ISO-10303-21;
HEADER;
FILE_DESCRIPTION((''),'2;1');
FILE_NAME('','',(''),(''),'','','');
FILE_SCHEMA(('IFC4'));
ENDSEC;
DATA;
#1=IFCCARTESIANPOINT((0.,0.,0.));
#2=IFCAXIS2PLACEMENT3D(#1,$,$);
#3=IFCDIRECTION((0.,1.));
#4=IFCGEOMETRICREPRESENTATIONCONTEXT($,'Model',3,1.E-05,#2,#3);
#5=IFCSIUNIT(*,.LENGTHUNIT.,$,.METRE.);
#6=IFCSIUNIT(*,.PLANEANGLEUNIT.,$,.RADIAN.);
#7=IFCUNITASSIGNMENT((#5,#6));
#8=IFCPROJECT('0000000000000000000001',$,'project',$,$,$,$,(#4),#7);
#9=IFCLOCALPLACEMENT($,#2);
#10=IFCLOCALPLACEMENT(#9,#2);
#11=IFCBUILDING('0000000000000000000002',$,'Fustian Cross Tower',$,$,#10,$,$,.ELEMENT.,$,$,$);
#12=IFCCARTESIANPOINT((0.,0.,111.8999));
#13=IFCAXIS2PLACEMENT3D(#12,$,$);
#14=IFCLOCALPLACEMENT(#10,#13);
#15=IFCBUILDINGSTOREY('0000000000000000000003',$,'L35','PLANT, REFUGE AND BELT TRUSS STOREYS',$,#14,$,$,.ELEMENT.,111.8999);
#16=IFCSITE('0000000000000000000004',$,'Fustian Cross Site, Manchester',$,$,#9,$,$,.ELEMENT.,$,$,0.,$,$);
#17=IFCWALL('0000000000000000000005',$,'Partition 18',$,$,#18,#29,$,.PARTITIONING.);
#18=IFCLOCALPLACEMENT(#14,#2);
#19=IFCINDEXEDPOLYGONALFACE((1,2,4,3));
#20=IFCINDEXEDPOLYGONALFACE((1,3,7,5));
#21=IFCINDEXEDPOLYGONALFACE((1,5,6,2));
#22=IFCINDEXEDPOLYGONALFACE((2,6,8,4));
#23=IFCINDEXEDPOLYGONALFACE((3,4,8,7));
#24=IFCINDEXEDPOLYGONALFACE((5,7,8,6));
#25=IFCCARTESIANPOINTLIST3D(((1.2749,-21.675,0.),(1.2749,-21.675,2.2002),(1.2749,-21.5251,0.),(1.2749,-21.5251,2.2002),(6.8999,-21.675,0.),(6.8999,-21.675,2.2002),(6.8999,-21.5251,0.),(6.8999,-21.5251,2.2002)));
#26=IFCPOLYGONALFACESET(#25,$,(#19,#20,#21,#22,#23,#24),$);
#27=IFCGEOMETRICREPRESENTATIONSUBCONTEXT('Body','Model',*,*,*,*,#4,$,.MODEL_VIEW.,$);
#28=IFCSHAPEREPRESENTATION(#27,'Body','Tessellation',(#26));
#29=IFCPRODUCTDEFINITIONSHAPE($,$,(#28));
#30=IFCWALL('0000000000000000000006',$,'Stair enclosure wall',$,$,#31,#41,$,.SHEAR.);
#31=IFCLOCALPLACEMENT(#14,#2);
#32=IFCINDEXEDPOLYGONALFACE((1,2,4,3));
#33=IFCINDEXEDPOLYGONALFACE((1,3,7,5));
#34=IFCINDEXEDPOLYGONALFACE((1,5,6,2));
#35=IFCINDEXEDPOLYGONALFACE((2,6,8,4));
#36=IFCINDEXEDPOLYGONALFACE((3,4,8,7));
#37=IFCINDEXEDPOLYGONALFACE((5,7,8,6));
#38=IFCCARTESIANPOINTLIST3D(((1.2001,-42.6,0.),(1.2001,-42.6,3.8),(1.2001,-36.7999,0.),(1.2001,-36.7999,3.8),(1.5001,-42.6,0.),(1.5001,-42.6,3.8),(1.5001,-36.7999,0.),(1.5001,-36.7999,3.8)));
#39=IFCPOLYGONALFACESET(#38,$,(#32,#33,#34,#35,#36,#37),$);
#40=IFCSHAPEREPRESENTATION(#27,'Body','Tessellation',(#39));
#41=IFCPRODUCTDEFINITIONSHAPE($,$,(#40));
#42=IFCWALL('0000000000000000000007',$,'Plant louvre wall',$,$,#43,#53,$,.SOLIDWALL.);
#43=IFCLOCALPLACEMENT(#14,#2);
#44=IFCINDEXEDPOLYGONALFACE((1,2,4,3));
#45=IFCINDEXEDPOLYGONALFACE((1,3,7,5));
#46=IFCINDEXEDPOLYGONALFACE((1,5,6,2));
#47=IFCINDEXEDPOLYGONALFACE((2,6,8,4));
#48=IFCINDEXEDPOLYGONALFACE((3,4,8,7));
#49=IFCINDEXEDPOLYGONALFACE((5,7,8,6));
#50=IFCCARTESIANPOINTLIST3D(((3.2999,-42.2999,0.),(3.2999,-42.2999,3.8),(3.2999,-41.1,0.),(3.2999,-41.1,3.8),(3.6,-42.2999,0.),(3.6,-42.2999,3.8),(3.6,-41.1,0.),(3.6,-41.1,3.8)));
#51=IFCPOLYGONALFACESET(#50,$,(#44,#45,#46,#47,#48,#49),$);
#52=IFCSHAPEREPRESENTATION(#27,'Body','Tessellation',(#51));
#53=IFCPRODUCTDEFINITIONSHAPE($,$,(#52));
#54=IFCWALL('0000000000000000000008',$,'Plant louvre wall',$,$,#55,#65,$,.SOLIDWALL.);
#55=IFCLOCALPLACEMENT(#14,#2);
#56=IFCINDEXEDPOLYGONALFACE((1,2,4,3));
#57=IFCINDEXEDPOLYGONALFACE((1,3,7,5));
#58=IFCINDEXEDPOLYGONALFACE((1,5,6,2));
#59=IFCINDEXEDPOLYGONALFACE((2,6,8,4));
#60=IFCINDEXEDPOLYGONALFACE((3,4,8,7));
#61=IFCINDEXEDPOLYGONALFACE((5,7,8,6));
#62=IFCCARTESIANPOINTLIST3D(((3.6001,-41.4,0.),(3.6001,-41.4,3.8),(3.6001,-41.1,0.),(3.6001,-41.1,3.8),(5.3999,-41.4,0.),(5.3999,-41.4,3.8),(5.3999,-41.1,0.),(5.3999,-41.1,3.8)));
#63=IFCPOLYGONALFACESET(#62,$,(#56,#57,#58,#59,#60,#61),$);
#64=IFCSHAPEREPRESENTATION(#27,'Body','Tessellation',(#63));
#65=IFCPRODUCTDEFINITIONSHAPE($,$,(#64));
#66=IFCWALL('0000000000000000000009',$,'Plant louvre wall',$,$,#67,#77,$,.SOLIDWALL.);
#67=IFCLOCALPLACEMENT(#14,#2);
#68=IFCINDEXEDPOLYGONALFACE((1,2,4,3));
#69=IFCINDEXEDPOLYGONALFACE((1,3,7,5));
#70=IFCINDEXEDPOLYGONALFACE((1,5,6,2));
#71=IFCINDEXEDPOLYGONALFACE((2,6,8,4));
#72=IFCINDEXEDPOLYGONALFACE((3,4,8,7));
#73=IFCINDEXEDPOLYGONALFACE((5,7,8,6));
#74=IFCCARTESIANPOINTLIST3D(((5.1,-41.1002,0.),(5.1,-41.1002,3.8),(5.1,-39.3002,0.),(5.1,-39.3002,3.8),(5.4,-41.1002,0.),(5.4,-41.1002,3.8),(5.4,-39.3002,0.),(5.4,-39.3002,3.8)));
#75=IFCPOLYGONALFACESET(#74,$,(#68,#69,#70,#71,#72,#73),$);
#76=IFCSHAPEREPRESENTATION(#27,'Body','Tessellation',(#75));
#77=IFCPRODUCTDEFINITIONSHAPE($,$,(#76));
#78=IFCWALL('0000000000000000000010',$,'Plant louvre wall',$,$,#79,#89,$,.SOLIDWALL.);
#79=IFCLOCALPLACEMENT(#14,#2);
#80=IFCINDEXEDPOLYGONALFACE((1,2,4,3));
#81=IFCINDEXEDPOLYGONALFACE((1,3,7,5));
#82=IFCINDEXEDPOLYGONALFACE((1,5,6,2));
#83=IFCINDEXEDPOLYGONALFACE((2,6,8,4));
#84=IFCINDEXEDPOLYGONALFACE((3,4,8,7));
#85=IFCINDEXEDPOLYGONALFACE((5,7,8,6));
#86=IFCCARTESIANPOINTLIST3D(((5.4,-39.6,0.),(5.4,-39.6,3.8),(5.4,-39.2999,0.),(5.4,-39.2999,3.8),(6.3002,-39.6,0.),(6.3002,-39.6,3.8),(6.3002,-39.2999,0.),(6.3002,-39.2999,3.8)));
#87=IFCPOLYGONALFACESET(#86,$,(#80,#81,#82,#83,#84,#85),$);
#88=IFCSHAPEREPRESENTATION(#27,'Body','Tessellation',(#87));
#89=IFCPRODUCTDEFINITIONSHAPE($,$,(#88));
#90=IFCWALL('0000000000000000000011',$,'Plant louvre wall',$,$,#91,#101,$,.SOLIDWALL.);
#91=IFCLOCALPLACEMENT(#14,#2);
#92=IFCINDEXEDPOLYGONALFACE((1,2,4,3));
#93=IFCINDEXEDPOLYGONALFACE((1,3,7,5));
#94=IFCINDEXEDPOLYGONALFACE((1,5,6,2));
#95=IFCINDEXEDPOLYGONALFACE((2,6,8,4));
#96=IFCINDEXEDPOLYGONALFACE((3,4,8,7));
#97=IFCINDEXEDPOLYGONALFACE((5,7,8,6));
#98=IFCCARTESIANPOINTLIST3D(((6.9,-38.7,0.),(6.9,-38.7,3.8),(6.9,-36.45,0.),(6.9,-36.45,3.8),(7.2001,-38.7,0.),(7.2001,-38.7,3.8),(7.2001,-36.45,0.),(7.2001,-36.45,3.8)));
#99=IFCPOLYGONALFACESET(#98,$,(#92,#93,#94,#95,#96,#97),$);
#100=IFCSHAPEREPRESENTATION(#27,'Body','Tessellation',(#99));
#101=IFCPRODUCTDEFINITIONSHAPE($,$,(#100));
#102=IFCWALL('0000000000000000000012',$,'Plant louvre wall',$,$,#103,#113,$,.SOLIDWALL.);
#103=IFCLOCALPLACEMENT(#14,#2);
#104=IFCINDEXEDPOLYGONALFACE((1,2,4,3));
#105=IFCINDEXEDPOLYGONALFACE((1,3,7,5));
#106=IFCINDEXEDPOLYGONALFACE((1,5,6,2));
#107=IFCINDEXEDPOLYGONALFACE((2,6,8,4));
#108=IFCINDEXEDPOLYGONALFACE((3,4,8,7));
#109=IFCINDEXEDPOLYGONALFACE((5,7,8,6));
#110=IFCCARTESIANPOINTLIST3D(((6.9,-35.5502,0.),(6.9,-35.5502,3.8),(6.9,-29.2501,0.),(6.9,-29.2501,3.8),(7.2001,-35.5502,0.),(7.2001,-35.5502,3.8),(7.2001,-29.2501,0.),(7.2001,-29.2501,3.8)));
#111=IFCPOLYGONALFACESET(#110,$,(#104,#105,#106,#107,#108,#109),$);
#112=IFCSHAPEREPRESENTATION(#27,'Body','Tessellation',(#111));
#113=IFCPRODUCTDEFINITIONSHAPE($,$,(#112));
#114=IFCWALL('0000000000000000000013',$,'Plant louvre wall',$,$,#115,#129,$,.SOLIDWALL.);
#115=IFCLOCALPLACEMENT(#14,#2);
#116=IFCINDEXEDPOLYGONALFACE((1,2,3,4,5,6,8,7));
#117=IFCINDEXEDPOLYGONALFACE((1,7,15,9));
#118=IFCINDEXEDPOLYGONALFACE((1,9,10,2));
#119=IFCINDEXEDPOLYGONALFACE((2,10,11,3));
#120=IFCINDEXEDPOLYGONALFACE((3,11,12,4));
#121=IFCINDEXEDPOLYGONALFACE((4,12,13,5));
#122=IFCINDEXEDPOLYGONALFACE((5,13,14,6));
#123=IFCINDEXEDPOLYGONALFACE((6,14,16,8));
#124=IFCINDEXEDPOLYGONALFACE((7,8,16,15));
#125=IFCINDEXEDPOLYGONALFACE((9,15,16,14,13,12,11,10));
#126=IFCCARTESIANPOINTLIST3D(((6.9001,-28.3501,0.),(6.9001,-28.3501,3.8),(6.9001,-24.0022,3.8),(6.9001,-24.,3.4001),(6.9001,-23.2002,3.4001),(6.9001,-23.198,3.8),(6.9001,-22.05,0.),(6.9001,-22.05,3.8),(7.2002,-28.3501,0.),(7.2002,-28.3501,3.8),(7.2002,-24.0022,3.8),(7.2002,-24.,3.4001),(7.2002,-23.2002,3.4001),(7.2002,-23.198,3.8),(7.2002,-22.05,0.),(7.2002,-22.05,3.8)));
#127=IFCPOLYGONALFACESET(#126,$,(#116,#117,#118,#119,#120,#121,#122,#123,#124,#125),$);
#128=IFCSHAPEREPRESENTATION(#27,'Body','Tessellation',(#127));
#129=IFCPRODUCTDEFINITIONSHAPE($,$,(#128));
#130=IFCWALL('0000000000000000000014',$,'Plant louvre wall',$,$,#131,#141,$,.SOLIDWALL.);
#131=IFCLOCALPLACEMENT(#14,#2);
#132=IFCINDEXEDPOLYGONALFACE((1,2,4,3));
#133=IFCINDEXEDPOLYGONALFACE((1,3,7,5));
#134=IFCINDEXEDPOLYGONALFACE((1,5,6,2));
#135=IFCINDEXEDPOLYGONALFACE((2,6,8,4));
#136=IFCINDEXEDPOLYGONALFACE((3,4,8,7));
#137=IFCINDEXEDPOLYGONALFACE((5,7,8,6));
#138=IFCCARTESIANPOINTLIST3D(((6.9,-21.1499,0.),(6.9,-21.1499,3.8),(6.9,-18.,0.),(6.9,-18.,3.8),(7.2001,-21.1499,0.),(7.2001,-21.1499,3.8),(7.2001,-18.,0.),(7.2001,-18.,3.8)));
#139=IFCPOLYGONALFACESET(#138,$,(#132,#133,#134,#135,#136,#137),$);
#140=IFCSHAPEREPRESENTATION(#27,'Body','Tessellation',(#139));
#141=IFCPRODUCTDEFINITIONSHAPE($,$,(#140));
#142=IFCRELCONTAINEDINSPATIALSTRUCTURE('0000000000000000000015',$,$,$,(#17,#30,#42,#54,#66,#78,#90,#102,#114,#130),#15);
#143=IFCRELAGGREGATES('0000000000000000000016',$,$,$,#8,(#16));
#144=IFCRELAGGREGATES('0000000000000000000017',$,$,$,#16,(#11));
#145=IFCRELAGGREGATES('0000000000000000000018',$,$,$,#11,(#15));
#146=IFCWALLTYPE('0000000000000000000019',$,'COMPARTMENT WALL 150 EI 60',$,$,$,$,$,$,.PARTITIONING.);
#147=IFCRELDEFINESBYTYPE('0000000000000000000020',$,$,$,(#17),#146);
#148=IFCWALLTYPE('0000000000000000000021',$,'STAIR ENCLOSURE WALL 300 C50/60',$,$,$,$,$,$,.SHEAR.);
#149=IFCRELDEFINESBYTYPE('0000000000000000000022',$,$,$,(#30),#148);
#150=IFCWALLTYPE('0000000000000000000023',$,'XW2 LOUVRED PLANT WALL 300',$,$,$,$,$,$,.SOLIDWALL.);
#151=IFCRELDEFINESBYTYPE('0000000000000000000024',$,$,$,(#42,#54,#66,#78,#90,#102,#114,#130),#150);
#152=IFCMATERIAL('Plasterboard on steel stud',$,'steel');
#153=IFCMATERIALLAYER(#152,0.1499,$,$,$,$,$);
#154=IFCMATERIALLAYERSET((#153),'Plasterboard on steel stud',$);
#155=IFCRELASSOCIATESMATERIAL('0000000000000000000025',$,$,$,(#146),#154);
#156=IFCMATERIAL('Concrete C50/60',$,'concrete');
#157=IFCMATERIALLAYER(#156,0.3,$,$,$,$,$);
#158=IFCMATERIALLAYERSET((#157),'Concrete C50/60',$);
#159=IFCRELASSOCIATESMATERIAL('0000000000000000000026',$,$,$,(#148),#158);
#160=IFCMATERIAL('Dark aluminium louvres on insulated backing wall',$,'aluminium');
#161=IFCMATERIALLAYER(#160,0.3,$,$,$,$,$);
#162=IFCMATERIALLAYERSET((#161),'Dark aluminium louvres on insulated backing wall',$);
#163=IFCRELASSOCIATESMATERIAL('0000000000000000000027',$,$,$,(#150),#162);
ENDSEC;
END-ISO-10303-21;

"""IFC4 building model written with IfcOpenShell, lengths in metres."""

from ifc_helpers import new_model, si_unit, direction, frame, frame_2d, origin, place, context, subcontext, project, spatial, polyline, rectangle, outline, extrude, material, layer, layer_set, type_object, element, save


model = new_model("IFC4")

# Units and contexts
model_context = context("Model", 3, precision=1e-05, world=origin(), true_north=direction((0.0, 1.0)))
body_context = subcontext(model_context, "Body", "Model", "MODEL_VIEW")
ifc_project = project(units=[si_unit("LENGTHUNIT", "METRE"), si_unit("PLANEANGLEUNIT", "RADIAN")], contexts=[model_context])

# Site, building, storey
site_placement = place(None, origin())
site = spatial("IfcSite", under=ifc_project, at=site_placement, Name="Fustian Cross Site, Manchester", CompositionType="ELEMENT", RefElevation=0.0)
building_placement = place(site_placement, origin())
building = spatial("IfcBuilding", under=site, at=building_placement, Name="Fustian Cross Tower", CompositionType="ELEMENT")
storey_placement = place(building_placement, frame((0.0, 0.0, 111.8999)))
storey = spatial("IfcBuildingStorey", under=building, at=storey_placement, Name="L35", Description="PLANT, REFUGE AND BELT TRUSS STOREYS", CompositionType="ELEMENT", Elevation=111.8999)

# Shared definitions
ifc_material_1 = material(Name="Plasterboard on steel stud", Category="steel")
ifc_layer_1 = layer(ifc_material_1, 0.1499)
ifc_layer_set_1 = layer_set([ifc_layer_1], Name="Plasterboard on steel stud")
wall_type_1 = type_object("IfcWallType", Name="COMPARTMENT WALL 150 EI 60", PredefinedType="PARTITIONING", material=ifc_layer_set_1)

# Walls
wall_1_placement = place(storey_placement, frame((1.2749, -21.6001, 0.0), z_axis=(0.0, 0.0, 1.0), x_axis=(1.0, 0.0, 0.0)))
element("IfcWall", 1, at=wall_1_placement, inside=storey, type_object=wall_type_1, Name="Partition 18", PredefinedType="PARTITIONING", context=body_context, shape_type="SweptSolid", body=[
    extrude(rectangle(XDim=5.625, YDim=0.1499, at=frame_2d((2.8125, 0.0))), origin(), (0.0, 0.0, 1.0), 2.2002),
])
ifc_material_2 = material(Name="Concrete C50/60", Category="concrete")
ifc_layer_2 = layer(ifc_material_2, 0.3)
ifc_layer_set_2 = layer_set([ifc_layer_2], Name="Concrete C50/60")
wall_type_2 = type_object("IfcWallType", Name="STAIR ENCLOSURE WALL 300 C50/60", PredefinedType="SHEAR", material=ifc_layer_set_2)
wall_2_placement = place(storey_placement, frame((1.3501, -36.8, 0.0), z_axis=(0.0, 0.0, 1.0), x_axis=(0.0, -1.0, 0.0)))
element("IfcWall", 2, at=wall_2_placement, inside=storey, type_object=wall_type_2, Name="Stair enclosure wall", PredefinedType="SHEAR", context=body_context, shape_type="SweptSolid", body=[
    extrude(rectangle(XDim=5.8, YDim=0.3, at=frame_2d((2.8999, 0.0))), origin(), (0.0, 0.0, 1.0), 3.8),
])
ifc_material_3 = material(Name="Dark aluminium louvres on insulated backing wall", Category="aluminium")
ifc_layer_3 = layer(ifc_material_3, 0.3)
ifc_layer_set_3 = layer_set([ifc_layer_3], Name="Dark aluminium louvres on insulated backing wall")
wall_type_3 = type_object("IfcWallType", Name="XW2 LOUVRED PLANT WALL 300", PredefinedType="SOLIDWALL", material=ifc_layer_set_3)
wall_3_placement = place(storey_placement, frame((3.45, -42.3, 0.0), z_axis=(0.0, 0.0, 1.0), x_axis=(0.0, 1.0, 0.0)))
element("IfcWall", 3, at=wall_3_placement, inside=storey, type_object=wall_type_3, Name="Plant louvre wall", PredefinedType="SOLIDWALL", context=body_context, shape_type="SweptSolid", body=[
    extrude(rectangle(XDim=1.2, YDim=0.3, at=frame_2d((0.6001, 0.0))), origin(), (0.0, 0.0, 1.0), 3.8),
])
wall_4_placement = place(storey_placement, frame((3.6001, -41.25, 0.0), z_axis=(0.0, 0.0, 1.0), x_axis=(1.0, 0.0, 0.0)))
element("IfcWall", 4, at=wall_4_placement, inside=storey, type_object=wall_type_3, Name="Plant louvre wall", PredefinedType="SOLIDWALL", context=body_context, shape_type="SweptSolid", body=[
    extrude(rectangle(XDim=1.7998, YDim=0.3, at=frame_2d((0.8999, 0.0))), origin(), (0.0, 0.0, 1.0), 3.8),
])
wall_5_placement = place(storey_placement, frame((5.25, -41.1001, 0.0), z_axis=(0.0, 0.0, 1.0), x_axis=(0.0, 1.0, 0.0)))
element("IfcWall", 5, at=wall_5_placement, inside=storey, type_object=wall_type_3, Name="Plant louvre wall", PredefinedType="SOLIDWALL", context=body_context, shape_type="SweptSolid", body=[
    extrude(rectangle(XDim=1.8, YDim=0.3, at=frame_2d((0.8999, 0.0))), origin(), (0.0, 0.0, 1.0), 3.8),
])
wall_6_placement = place(storey_placement, frame((5.3999, -39.45, 0.0), z_axis=(0.0, 0.0, 1.0), x_axis=(1.0, 0.0, 0.0)))
element("IfcWall", 6, at=wall_6_placement, inside=storey, type_object=wall_type_3, Name="Plant louvre wall", PredefinedType="SOLIDWALL", context=body_context, shape_type="SweptSolid", body=[
    extrude(rectangle(XDim=0.9001, YDim=0.3, at=frame_2d((0.4502, 0.0))), origin(), (0.0, 0.0, 1.0), 3.8),
])
wall_7_placement = place(storey_placement, frame((7.05, -38.7, 0.0), z_axis=(0.0, 0.0, 1.0), x_axis=(0.0, 1.0, 0.0)))
element("IfcWall", 7, at=wall_7_placement, inside=storey, type_object=wall_type_3, Name="Plant louvre wall", PredefinedType="SOLIDWALL", context=body_context, shape_type="SweptSolid", body=[
    extrude(rectangle(XDim=2.25, YDim=0.3, at=frame_2d((1.125, 0.0))), origin(), (0.0, 0.0, 1.0), 3.8),
])
wall_8_placement = place(storey_placement, frame((7.05, -35.55, 0.0), z_axis=(0.0, 0.0, 1.0), x_axis=(0.0, 1.0, 0.0)))
element("IfcWall", 8, at=wall_8_placement, inside=storey, type_object=wall_type_3, Name="Plant louvre wall", PredefinedType="SOLIDWALL", context=body_context, shape_type="SweptSolid", body=[
    extrude(rectangle(XDim=6.3, YDim=0.3, at=frame_2d((3.1499, 0.0))), origin(), (0.0, 0.0, 1.0), 3.8),
])
wall_9_placement = place(storey_placement, frame((7.05, -28.3501, 0.0), z_axis=(0.0, 0.0, 1.0), x_axis=(0.0, 1.0, 0.0)))
element("IfcWall", 9, at=wall_9_placement, inside=storey, type_object=wall_type_3, Name="Plant louvre wall", PredefinedType="SOLIDWALL", context=body_context, shape_type="SweptSolid", body=[
    extrude(outline(polyline([(0.0, 0.0), (6.3, 0.0), (6.3, 3.8), (5.1521, 3.8), (5.1499, 3.4001), (4.3501, 3.4001), (4.3479, 3.8), (0.0, 3.8), (0.0, 0.0)])), frame((0.0, 0.1499, 0.0), z_axis=(0.0, -1.0, 0.0), x_axis=(1.0, 0.0, 0.0)), (0.0, 0.0, 1.0), 0.3),
])
wall_10_placement = place(storey_placement, frame((7.05, -21.1499, 0.0), z_axis=(0.0, 0.0, 1.0), x_axis=(0.0, 1.0, 0.0)))
element("IfcWall", 10, at=wall_10_placement, inside=storey, type_object=wall_type_3, Name="Plant louvre wall", PredefinedType="SOLIDWALL", context=body_context, shape_type="SweptSolid", body=[
    extrude(rectangle(XDim=3.1499, YDim=0.3, at=frame_2d((1.575, 0.0))), origin(), (0.0, 0.0, 1.0), 3.8),
])

save(model, "model.ifc")
